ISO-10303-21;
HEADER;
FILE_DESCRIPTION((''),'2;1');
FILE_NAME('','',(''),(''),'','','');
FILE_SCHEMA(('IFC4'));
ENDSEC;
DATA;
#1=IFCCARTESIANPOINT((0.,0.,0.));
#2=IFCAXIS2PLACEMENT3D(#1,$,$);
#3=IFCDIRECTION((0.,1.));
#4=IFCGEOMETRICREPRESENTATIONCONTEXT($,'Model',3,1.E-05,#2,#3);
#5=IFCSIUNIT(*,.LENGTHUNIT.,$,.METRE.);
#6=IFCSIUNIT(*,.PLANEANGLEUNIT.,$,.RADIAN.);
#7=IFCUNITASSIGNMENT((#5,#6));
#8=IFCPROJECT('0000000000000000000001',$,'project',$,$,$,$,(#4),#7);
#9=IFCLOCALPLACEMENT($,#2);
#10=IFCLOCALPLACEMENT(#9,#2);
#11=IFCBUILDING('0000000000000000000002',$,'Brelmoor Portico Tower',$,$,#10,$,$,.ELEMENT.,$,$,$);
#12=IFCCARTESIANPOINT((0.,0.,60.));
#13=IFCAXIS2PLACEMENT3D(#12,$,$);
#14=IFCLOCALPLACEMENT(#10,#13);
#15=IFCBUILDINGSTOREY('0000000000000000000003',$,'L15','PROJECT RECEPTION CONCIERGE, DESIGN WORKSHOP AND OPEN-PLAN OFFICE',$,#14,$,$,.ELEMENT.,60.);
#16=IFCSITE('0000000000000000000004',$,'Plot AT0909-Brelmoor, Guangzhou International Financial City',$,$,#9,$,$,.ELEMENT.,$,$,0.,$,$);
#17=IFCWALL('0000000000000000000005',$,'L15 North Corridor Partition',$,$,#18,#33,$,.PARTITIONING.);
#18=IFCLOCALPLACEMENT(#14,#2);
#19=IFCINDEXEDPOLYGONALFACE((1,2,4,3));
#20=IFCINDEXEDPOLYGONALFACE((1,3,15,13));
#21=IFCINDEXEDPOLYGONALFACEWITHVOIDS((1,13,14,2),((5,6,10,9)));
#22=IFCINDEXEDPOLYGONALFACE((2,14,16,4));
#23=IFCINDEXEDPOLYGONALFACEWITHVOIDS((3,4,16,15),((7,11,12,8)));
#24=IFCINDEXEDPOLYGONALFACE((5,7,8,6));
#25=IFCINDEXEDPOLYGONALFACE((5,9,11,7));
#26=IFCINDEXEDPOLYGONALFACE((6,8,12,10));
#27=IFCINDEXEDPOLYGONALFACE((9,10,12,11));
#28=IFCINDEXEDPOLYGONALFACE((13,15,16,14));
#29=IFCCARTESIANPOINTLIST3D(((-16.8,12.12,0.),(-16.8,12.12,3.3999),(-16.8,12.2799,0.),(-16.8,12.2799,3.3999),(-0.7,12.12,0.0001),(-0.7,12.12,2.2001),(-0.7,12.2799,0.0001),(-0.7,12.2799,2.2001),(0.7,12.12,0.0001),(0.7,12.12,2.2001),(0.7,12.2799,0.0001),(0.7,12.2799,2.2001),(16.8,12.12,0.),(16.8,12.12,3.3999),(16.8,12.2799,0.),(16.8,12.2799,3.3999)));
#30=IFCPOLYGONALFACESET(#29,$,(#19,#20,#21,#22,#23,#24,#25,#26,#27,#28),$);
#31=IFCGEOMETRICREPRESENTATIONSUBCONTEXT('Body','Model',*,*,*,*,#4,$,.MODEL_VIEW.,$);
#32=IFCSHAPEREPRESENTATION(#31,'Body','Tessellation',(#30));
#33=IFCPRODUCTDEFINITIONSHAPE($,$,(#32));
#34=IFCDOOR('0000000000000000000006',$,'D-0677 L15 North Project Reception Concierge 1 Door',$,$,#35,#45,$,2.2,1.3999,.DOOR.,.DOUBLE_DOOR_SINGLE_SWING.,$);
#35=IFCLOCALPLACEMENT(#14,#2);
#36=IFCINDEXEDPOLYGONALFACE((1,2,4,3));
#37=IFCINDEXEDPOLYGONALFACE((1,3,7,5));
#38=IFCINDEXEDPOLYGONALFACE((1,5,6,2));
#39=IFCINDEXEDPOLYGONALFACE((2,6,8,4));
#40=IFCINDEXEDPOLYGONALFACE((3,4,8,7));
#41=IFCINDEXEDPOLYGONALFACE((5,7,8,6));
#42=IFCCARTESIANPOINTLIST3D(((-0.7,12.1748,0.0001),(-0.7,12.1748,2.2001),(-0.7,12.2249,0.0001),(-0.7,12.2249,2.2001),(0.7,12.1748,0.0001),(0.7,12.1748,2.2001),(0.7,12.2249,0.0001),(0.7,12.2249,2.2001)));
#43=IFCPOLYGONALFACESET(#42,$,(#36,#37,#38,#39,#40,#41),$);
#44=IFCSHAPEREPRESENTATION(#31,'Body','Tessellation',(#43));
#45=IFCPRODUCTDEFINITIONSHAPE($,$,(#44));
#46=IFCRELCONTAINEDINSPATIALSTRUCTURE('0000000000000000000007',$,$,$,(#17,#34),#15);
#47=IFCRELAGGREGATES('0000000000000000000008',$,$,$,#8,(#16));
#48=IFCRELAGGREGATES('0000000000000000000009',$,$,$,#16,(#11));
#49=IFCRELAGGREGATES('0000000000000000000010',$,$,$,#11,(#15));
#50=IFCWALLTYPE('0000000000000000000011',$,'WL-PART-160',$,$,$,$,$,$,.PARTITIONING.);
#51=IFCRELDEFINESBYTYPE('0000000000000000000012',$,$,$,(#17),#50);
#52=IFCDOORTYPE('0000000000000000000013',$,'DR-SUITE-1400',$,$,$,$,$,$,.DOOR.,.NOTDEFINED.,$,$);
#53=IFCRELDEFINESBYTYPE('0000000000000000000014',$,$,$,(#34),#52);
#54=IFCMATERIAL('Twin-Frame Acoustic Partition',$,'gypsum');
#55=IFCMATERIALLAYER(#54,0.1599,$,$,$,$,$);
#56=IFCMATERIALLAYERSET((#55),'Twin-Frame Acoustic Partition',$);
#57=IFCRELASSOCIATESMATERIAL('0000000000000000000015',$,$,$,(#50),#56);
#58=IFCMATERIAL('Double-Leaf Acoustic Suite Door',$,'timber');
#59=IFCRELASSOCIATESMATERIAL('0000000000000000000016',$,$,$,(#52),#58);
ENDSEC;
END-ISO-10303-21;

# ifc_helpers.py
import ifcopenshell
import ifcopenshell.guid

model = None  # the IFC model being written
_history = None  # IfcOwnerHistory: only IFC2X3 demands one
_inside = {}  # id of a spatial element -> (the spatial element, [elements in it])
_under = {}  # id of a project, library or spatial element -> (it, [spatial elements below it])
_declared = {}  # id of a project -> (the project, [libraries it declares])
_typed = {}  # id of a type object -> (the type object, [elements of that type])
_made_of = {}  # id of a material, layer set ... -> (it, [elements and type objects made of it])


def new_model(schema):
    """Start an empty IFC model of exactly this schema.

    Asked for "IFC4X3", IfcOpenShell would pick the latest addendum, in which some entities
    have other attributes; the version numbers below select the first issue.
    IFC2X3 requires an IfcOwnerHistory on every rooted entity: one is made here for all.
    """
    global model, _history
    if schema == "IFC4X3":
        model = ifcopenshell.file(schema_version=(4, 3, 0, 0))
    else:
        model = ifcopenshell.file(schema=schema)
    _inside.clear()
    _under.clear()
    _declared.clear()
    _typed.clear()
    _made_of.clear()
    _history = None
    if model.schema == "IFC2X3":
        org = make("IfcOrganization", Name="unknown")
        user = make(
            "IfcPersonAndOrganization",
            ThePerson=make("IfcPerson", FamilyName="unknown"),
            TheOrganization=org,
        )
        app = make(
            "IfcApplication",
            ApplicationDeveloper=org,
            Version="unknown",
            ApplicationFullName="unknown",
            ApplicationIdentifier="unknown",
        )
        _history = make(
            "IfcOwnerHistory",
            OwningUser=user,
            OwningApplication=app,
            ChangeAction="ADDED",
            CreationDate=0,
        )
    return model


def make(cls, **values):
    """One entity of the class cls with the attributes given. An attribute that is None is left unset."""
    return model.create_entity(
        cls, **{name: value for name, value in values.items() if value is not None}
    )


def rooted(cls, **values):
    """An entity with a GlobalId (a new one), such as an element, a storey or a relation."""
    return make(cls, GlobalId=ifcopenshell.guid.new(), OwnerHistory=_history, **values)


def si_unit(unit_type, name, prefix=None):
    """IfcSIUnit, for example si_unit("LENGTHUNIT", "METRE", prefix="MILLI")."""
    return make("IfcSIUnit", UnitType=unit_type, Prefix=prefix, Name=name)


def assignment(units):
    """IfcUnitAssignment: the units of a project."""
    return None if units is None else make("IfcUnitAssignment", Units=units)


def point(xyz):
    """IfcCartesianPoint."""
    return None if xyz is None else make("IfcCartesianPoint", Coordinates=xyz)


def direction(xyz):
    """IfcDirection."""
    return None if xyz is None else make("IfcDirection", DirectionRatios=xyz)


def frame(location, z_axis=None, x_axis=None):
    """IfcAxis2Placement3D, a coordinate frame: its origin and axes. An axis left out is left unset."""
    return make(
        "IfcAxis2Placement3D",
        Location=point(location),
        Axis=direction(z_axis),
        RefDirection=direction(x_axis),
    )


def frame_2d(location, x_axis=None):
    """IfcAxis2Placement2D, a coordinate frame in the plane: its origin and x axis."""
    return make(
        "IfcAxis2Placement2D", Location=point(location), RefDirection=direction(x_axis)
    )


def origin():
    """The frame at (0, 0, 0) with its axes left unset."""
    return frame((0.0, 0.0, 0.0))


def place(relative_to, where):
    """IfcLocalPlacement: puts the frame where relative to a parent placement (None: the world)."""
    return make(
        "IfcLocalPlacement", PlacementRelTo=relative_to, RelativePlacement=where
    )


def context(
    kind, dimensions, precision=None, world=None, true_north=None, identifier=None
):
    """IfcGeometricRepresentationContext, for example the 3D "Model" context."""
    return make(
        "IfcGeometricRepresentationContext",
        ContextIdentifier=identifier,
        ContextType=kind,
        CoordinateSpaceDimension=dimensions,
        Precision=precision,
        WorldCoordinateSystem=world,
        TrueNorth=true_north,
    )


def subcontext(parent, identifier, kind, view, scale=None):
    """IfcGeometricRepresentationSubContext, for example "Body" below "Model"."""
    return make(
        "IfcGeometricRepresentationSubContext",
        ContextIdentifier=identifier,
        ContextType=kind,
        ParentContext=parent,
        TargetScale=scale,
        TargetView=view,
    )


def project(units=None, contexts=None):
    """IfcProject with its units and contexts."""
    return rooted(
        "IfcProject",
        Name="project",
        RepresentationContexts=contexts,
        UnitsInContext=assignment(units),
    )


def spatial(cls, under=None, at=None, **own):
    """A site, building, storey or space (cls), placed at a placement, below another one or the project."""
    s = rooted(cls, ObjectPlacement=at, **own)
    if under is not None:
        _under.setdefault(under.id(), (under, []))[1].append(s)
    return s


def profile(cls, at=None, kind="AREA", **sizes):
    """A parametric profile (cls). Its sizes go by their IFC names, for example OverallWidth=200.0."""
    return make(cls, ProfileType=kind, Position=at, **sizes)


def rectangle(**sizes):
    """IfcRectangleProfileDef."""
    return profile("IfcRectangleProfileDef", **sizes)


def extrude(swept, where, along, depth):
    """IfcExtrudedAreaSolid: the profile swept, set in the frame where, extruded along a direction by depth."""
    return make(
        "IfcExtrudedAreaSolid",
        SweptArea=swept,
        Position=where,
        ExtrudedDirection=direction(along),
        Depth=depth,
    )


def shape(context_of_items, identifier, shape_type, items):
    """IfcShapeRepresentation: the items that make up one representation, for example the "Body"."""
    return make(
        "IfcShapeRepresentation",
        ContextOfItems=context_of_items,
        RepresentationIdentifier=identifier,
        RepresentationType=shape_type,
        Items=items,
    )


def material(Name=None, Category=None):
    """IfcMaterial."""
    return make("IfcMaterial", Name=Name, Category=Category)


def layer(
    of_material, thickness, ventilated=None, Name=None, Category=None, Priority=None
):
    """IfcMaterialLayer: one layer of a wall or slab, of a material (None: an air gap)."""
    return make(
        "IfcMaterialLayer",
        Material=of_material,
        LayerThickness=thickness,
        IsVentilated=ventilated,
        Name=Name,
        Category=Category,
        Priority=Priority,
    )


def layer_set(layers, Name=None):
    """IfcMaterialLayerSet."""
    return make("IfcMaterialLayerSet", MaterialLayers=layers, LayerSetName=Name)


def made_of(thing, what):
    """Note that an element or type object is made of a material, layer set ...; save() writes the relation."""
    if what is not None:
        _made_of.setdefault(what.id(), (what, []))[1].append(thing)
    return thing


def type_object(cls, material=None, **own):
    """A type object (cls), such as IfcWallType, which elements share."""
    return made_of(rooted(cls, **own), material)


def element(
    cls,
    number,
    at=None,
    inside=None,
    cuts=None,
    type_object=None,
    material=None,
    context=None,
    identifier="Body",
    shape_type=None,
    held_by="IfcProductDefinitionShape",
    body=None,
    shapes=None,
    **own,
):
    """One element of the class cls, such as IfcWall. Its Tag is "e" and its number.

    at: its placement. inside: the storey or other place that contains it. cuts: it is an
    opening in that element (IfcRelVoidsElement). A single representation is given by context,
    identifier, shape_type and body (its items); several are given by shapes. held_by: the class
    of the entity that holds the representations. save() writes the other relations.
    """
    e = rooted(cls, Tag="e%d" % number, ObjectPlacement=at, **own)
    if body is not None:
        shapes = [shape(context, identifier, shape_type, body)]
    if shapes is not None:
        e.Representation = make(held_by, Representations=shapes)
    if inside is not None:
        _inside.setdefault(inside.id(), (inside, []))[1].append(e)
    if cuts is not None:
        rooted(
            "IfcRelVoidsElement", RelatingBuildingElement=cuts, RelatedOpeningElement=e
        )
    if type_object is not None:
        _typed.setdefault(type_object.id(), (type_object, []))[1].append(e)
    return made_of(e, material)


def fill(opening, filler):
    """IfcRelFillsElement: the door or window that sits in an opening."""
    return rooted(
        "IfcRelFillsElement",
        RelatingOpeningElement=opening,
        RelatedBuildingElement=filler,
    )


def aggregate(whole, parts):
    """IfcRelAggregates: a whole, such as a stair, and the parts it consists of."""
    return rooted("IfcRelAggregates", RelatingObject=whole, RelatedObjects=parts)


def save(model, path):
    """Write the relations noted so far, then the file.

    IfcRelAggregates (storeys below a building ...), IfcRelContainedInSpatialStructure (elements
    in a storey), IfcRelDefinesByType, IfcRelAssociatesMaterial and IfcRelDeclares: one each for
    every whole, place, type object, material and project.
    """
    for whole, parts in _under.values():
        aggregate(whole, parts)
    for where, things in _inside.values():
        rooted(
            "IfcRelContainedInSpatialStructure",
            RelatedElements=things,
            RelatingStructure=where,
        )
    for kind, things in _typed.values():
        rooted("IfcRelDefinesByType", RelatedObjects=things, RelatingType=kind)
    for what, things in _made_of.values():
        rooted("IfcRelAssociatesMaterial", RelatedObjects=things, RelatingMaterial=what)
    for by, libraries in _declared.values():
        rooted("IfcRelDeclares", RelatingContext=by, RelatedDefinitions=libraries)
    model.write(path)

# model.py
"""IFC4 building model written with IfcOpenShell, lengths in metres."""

from ifc_helpers import new_model, si_unit, direction, frame, frame_2d, origin, place, context, subcontext, project, spatial, rectangle, extrude, material, layer, layer_set, type_object, element, fill, save


model = new_model("IFC4")

# Units and contexts
model_context = context("Model", 3, precision=1e-05, world=origin(), true_north=direction((0.0, 1.0)))
body_context = subcontext(model_context, "Body", "Model", "MODEL_VIEW")
ifc_project = project(units=[si_unit("LENGTHUNIT", "METRE"), si_unit("PLANEANGLEUNIT", "RADIAN")], contexts=[model_context])

# Site, building, storey
site_placement = place(None, origin())
site = spatial("IfcSite", under=ifc_project, at=site_placement, Name="Plot AT0909-Brelmoor, Guangzhou International Financial City", CompositionType="ELEMENT", RefElevation=0.0)
building_placement = place(site_placement, origin())
building = spatial("IfcBuilding", under=site, at=building_placement, Name="Brelmoor Portico Tower", CompositionType="ELEMENT")
storey_placement = place(building_placement, frame((0.0, 0.0, 60.0)))
storey = spatial("IfcBuildingStorey", under=building, at=storey_placement, Name="L15", Description="PROJECT RECEPTION CONCIERGE, DESIGN WORKSHOP AND OPEN-PLAN OFFICE", CompositionType="ELEMENT", Elevation=60.0)

# Wall, opening, door
ifc_material_1 = material(Name="Twin-Frame Acoustic Partition", Category="gypsum")
ifc_layer_1 = layer(ifc_material_1, 0.1599)
ifc_layer_set_1 = layer_set([ifc_layer_1], Name="Twin-Frame Acoustic Partition")
wall_type_1 = type_object("IfcWallType", Name="WL-PART-160", PredefinedType="PARTITIONING", material=ifc_layer_set_1)
wall_1_placement = place(storey_placement, frame((-16.8, 12.2, 0.0), z_axis=(0.0, 0.0, 1.0), x_axis=(1.0, 0.0, 0.0)))
wall_1 = element("IfcWall", 1, at=wall_1_placement, inside=storey, type_object=wall_type_1, Name="L15 North Corridor Partition", PredefinedType="PARTITIONING", context=body_context, shape_type="SweptSolid", body=[
    extrude(rectangle(XDim=33.6001, YDim=0.1599, at=frame_2d((16.8, 0.0))), origin(), (0.0, 0.0, 1.0), 3.3999),
])
opening_1_placement = place(wall_1_placement, frame((16.1001, 0.0, 0.0)))
opening_1 = element("IfcOpeningElement", 2, at=opening_1_placement, cuts=wall_1, PredefinedType="OPENING", context=body_context, shape_type="SweptSolid", body=[
    extrude(rectangle(XDim=1.3999, YDim=2.2, at=frame_2d((0.7, 1.1001))), frame((0.0, 0.0898, 0.0), z_axis=(0.0, -1.0, 0.0), x_axis=(1.0, 0.0, 0.0)), (0.0, 0.0, 1.0), 0.1799),
])
ifc_material_2 = material(Name="Double-Leaf Acoustic Suite Door", Category="timber")
door_type_1 = type_object("IfcDoorType", Name="DR-SUITE-1400", OperationType="NOTDEFINED", PredefinedType="DOOR", material=ifc_material_2)
door_1_placement = place(opening_1_placement, origin())
door_1 = element("IfcDoor", 3, at=door_1_placement, inside=storey, type_object=door_type_1, Name="D-0677 L15 North Project Reception Concierge 1 Door", OperationType="DOUBLE_DOOR_SINGLE_SWING", OverallHeight=2.2, OverallWidth=1.3999, PredefinedType="DOOR", context=body_context, shape_type="SweptSolid", body=[
    extrude(rectangle(XDim=1.3999, YDim=2.2, at=frame_2d((0.7, 1.1001))), frame((0.0, 0.0249, 0.0), z_axis=(0.0, -1.0, 0.0), x_axis=(1.0, 0.0, 0.0)), (0.0, 0.0, 1.0), 0.05),
])
fill(opening_1, door_1)

save(model, "model.ifc")
